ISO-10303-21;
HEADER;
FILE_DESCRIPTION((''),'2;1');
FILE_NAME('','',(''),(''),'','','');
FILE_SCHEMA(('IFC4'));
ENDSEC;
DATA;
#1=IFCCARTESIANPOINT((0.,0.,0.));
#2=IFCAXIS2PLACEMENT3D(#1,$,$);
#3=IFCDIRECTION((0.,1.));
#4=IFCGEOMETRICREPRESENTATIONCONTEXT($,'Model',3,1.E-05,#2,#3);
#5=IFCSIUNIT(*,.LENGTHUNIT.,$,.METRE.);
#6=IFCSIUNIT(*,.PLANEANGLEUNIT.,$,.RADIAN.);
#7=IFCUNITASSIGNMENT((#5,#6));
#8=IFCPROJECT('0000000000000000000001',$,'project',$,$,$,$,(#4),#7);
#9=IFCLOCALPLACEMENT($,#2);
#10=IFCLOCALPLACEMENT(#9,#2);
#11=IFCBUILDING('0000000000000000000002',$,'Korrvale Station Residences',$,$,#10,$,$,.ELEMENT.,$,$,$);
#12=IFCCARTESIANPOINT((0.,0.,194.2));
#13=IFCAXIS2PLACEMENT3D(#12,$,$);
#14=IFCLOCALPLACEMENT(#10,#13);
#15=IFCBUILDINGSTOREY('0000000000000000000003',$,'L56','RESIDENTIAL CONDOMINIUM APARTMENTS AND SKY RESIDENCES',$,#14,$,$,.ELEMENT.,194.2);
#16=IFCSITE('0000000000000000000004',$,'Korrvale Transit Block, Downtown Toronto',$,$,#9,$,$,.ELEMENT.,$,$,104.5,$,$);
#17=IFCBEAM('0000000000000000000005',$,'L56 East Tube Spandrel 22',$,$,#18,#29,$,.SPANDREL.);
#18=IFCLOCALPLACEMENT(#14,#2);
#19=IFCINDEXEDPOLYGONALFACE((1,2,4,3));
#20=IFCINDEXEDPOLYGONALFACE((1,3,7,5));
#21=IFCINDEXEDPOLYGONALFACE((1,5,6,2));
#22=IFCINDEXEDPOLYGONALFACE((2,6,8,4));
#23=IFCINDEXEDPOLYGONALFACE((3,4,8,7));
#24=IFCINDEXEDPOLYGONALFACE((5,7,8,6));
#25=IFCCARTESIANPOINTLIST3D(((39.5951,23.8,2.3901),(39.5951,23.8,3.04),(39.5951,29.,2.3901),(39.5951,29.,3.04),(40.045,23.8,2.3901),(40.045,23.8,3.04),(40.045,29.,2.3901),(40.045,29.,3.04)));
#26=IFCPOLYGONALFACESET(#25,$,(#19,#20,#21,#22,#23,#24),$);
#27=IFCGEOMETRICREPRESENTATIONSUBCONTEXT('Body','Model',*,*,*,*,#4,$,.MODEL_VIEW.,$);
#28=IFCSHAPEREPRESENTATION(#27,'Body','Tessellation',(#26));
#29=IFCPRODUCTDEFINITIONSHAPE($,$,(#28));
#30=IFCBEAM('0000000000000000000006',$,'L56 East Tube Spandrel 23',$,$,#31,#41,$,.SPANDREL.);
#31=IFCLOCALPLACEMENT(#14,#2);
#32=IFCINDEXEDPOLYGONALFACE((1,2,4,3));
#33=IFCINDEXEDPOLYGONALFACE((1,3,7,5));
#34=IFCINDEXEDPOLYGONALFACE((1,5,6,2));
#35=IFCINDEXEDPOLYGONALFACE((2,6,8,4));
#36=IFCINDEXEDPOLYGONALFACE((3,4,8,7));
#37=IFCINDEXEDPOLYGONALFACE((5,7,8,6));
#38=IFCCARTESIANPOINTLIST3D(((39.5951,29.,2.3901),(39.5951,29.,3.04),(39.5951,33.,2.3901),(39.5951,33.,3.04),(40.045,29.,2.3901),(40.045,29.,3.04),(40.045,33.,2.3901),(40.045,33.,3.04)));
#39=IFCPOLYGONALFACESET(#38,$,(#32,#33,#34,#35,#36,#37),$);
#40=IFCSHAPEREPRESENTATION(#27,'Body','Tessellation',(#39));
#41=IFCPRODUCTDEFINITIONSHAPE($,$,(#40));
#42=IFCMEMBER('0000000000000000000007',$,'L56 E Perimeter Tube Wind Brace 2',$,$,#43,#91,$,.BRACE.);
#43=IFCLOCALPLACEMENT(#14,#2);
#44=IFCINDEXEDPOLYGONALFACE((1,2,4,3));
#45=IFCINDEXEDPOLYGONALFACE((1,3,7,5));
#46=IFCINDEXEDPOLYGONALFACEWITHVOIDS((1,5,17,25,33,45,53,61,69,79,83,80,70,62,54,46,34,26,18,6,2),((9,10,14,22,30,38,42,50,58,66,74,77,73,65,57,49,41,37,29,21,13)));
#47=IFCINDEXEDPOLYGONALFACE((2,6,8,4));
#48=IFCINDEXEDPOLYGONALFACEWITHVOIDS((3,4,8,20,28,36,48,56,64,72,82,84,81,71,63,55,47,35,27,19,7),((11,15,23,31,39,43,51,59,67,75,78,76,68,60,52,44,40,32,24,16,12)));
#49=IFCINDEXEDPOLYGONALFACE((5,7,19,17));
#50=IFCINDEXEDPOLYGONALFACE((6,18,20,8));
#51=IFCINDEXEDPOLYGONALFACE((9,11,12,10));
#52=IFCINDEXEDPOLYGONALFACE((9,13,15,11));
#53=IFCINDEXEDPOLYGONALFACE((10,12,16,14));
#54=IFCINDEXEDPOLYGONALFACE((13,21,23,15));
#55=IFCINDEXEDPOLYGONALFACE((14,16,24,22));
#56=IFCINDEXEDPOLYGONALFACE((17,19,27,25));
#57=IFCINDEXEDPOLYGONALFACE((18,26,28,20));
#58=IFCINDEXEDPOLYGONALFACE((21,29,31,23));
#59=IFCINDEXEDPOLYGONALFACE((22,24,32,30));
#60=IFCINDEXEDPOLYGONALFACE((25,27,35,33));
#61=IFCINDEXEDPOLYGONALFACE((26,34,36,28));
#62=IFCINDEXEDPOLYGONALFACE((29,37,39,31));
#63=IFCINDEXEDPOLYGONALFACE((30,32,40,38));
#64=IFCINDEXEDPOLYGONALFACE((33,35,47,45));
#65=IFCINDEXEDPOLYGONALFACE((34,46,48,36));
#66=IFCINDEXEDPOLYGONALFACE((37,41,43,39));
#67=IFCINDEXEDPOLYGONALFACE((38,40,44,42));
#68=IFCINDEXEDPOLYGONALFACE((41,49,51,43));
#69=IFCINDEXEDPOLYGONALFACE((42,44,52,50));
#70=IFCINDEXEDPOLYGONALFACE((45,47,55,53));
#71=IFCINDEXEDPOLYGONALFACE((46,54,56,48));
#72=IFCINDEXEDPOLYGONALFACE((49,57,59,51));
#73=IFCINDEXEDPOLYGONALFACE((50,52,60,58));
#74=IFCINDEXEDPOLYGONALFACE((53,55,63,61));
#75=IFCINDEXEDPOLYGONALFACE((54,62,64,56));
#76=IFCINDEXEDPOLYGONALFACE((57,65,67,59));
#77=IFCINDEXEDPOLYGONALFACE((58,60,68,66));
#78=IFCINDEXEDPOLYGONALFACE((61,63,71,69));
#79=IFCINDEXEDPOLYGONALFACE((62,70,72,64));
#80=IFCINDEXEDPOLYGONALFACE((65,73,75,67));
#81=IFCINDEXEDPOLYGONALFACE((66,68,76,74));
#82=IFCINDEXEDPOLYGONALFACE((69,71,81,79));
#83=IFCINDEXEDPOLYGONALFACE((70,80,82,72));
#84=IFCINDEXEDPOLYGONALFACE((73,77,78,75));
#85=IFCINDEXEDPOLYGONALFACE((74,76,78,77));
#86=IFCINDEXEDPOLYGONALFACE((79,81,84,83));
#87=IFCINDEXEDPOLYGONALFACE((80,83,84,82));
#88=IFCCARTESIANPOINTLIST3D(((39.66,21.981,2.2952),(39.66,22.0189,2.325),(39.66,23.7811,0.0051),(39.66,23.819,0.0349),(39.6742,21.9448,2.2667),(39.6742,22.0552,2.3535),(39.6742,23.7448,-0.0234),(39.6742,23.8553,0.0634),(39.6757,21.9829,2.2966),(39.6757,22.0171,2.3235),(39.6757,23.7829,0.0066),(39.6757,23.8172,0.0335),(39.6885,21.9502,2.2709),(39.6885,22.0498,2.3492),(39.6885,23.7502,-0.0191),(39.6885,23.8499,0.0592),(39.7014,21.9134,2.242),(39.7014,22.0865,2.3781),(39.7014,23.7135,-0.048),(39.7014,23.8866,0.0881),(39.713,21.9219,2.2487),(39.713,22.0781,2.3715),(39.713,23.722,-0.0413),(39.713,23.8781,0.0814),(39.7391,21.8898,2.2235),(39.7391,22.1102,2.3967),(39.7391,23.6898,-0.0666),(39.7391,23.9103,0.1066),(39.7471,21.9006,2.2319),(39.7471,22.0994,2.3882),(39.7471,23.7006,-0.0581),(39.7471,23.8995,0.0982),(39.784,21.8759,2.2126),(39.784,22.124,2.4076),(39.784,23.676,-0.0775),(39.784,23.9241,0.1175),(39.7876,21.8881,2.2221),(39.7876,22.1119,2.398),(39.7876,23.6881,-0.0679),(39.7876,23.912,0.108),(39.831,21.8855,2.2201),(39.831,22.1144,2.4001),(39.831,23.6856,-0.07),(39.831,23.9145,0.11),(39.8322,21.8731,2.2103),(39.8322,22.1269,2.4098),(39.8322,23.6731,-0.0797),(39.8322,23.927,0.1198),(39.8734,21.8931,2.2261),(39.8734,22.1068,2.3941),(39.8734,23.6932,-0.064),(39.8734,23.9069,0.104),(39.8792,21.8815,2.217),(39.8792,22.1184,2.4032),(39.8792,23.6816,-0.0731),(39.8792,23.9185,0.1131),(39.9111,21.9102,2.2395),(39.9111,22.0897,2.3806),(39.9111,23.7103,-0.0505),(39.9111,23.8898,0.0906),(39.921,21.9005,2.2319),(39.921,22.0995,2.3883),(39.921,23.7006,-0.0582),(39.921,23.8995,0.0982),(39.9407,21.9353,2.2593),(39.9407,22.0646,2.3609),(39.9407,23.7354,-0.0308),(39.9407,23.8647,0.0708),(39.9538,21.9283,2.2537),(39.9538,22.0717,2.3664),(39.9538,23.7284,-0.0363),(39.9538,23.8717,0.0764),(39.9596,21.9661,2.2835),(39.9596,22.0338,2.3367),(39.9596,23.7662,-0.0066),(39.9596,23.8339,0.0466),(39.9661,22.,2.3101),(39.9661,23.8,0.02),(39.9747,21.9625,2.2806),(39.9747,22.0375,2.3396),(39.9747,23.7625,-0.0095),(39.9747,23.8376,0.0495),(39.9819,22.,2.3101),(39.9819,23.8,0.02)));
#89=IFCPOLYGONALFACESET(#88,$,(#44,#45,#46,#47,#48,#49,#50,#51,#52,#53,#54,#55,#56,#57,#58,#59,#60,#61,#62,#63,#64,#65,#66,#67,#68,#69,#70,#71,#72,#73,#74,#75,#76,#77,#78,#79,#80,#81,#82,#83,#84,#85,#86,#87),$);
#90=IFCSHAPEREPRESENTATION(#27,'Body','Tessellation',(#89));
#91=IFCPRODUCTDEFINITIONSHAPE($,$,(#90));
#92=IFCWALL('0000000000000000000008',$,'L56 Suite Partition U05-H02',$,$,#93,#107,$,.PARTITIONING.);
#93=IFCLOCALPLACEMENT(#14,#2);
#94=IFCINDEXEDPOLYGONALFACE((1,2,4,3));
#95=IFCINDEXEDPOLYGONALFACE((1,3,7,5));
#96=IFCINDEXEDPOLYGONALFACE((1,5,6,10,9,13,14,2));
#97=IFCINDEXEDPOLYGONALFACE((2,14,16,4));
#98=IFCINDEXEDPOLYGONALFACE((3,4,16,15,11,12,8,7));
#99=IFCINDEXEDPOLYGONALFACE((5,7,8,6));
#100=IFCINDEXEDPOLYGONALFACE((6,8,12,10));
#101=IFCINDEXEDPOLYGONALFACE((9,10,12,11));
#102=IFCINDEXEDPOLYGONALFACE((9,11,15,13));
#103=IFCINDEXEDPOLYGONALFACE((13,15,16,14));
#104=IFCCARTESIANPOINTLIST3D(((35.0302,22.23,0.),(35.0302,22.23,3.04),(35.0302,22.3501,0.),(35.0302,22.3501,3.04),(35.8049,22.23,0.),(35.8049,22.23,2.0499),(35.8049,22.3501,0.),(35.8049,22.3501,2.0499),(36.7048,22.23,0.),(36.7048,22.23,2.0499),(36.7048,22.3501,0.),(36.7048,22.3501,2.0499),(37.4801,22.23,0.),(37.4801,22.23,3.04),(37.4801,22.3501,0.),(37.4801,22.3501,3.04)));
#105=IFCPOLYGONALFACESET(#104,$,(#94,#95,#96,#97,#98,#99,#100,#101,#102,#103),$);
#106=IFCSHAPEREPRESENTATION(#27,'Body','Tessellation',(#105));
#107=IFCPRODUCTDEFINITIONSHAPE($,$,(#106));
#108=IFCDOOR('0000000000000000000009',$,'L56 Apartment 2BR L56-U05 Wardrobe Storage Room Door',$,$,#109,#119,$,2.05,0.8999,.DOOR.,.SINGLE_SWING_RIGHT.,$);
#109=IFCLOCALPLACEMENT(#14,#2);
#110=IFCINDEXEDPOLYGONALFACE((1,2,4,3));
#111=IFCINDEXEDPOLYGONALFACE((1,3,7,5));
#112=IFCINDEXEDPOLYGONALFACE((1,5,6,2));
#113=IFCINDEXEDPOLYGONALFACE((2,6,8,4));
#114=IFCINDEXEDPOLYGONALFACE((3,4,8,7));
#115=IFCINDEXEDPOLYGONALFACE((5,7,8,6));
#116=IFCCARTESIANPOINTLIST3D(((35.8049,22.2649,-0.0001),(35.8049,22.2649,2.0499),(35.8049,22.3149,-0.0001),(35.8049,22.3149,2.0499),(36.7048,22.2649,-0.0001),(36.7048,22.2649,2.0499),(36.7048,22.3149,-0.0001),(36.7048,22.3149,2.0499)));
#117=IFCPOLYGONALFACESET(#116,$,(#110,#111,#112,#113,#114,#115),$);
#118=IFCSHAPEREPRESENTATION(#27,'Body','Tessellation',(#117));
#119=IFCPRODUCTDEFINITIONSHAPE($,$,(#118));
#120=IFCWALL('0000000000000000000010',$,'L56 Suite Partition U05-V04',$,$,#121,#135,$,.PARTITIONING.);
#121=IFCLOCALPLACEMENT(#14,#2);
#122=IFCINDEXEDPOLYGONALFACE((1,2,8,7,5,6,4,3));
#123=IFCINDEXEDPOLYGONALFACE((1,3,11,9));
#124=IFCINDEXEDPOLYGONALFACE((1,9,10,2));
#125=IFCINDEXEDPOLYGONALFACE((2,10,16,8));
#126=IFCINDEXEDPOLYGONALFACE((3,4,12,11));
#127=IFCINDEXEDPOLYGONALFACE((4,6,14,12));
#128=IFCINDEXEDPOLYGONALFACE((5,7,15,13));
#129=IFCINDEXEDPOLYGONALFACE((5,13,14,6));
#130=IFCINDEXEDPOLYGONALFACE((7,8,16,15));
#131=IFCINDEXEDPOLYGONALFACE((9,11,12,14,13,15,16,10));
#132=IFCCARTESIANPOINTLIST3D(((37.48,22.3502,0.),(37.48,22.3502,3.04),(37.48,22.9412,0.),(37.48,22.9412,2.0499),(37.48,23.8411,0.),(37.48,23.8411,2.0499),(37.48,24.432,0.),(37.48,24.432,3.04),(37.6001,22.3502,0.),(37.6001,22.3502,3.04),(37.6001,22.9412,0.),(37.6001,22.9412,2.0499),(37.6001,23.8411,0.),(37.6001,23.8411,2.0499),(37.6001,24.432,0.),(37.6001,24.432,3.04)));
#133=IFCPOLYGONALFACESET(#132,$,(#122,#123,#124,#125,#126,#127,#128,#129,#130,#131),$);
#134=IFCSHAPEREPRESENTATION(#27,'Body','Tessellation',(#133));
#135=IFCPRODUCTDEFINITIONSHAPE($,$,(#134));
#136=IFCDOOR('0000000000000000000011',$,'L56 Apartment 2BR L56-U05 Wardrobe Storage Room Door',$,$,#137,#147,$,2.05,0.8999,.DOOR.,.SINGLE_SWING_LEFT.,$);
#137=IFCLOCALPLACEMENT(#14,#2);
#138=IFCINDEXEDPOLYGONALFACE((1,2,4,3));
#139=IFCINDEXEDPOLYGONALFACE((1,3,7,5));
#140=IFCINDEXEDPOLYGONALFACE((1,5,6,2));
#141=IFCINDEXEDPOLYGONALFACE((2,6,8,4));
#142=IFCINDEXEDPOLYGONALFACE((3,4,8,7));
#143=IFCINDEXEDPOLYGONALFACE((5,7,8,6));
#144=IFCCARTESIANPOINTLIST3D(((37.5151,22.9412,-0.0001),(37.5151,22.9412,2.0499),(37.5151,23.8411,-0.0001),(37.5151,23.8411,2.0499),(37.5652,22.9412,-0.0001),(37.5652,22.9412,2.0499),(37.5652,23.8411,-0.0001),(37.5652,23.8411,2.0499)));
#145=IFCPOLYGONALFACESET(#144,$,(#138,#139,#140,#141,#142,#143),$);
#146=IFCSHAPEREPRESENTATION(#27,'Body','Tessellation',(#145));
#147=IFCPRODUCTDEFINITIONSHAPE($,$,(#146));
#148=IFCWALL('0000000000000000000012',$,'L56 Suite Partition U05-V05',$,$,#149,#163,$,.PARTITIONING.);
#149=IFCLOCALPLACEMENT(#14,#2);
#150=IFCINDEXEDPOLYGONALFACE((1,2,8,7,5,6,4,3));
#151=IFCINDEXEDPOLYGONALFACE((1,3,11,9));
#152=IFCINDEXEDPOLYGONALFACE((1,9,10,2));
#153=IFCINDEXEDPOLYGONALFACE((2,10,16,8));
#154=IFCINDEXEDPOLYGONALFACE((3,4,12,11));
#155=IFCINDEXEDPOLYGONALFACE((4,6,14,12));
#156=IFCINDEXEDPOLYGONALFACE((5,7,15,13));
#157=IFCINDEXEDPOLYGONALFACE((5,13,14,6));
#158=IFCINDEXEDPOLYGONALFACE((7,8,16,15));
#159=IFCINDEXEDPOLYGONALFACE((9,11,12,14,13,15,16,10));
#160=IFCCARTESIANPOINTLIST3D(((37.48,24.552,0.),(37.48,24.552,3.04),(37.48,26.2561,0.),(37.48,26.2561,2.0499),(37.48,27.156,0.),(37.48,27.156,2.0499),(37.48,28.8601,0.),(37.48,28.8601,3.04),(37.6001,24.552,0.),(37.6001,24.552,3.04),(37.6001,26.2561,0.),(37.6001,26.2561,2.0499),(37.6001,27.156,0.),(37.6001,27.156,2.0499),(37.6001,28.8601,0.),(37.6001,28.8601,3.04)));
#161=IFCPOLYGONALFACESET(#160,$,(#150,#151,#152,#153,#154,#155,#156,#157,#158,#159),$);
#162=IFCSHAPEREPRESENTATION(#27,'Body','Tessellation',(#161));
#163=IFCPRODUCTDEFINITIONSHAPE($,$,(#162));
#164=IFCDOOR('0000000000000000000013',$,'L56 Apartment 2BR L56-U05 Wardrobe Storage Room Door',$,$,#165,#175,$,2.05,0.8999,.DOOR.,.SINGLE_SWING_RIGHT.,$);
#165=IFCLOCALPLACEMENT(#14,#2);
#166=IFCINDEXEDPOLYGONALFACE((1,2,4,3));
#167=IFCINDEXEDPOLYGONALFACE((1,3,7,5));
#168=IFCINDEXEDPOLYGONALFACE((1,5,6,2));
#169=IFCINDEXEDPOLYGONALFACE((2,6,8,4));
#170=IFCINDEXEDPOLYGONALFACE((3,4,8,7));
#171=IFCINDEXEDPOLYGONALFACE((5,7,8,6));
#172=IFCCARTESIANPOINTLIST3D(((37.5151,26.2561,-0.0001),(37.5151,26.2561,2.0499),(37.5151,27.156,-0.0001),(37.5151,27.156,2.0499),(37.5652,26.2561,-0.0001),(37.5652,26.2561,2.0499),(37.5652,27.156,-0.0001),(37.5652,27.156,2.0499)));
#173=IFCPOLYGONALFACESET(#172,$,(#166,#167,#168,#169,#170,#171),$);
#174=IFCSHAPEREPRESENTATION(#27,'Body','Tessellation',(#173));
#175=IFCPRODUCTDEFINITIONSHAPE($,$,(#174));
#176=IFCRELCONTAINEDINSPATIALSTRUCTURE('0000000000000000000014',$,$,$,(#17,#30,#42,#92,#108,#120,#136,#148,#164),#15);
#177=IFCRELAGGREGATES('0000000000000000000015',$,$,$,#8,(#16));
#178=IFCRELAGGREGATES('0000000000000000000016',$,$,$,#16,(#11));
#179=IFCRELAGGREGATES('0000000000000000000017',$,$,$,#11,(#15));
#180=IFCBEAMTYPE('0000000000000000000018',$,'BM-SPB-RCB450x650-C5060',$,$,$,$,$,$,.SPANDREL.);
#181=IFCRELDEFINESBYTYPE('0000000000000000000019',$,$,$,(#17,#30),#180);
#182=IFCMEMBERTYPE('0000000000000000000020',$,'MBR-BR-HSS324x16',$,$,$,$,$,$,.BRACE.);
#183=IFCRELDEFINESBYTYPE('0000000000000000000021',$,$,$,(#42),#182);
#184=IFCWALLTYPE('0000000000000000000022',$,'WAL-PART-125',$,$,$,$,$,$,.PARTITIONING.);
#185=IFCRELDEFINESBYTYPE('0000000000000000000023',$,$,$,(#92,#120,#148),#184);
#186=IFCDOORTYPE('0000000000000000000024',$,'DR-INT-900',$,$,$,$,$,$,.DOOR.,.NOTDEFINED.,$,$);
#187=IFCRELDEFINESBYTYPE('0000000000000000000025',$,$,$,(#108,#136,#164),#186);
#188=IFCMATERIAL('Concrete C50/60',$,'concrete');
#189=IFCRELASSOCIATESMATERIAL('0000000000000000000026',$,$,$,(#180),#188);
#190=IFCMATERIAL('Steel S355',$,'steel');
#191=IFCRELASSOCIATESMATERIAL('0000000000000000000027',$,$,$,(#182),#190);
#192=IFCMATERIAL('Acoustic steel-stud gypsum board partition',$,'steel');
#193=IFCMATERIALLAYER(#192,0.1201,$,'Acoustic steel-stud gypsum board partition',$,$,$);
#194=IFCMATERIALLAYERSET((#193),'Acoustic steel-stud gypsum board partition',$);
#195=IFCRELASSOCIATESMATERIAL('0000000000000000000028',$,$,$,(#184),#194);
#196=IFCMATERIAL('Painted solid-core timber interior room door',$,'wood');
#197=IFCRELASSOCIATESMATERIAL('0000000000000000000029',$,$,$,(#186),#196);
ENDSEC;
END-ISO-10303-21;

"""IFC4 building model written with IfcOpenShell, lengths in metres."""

from ifc_helpers import new_model, si_unit, direction, frame, frame_2d, origin, origin_2d, place, context, subcontext, project, spatial, rectangle, hollow_circle, extrude, material, layer, layer_set, material_profile, profile_set, type_object, element, fill, save


model = new_model("IFC4")

# Units and contexts
model_context = context("Model", 3, precision=1e-05, world=origin(), true_north=direction((0.0, 1.0)))
body_context = subcontext(model_context, "Body", "Model", "MODEL_VIEW")
ifc_project = project(units=[si_unit("LENGTHUNIT", "METRE"), si_unit("PLANEANGLEUNIT", "RADIAN")], contexts=[model_context])

# Site, building, storey
site_placement = place(None, origin())
site = spatial("IfcSite", under=ifc_project, at=site_placement, Name="Korrvale Transit Block, Downtown Toronto", CompositionType="ELEMENT", RefElevation=104.5)
building_placement = place(site_placement, origin())
building = spatial("IfcBuilding", under=site, at=building_placement, Name="Korrvale Station Residences", CompositionType="ELEMENT")
storey_placement = place(building_placement, frame((0.0, 0.0, 194.2)))
storey = spatial("IfcBuildingStorey", under=building, at=storey_placement, Name="L56", Description="RESIDENTIAL CONDOMINIUM APARTMENTS AND SKY RESIDENCES", CompositionType="ELEMENT", Elevation=194.2)

# Shared definitions
ifc_material_1 = material(Name="Concrete C50/60", Category="concrete")

# Beams
ifc_material_2 = material(Name="Steel S355", Category="steel")
ifc_material_profile_1 = material_profile(ifc_material_1, rectangle(XDim=0.45, YDim=0.6499, at=origin_2d()), Name="RCB450x650")
ifc_profile_set_1 = profile_set([ifc_material_profile_1], Name="Concrete C50/60")
beam_type_1 = type_object("IfcBeamType", Name="BM-SPB-RCB450x650-C5060", PredefinedType="SPANDREL", material=ifc_profile_set_1)
beam_1_placement = place(storey_placement, frame((39.8201, 23.8, 2.7151), z_axis=(0.0, 1.0, 0.0), x_axis=(-1.0, 0.0, 0.0)))
element("IfcBeam", 1, at=beam_1_placement, inside=storey, type_object=beam_type_1, Name="L56 East Tube Spandrel 22", PredefinedType="SPANDREL", context=body_context, shape_type="SweptSolid", body=[
    extrude(rectangle(XDim=0.45, YDim=0.6499, at=origin_2d()), origin(), (0.0, 0.0, 1.0), 5.2),
])
beam_2_placement = place(storey_placement, frame((39.8201, 29.0, 2.7151), z_axis=(0.0, 1.0, 0.0), x_axis=(-1.0, 0.0, 0.0)))
element("IfcBeam", 2, at=beam_2_placement, inside=storey, type_object=beam_type_1, Name="L56 East Tube Spandrel 23", PredefinedType="SPANDREL", context=body_context, shape_type="SweptSolid", body=[
    extrude(rectangle(XDim=0.45, YDim=0.6499, at=origin_2d()), origin(), (0.0, 0.0, 1.0), 4.0),
])

# Member
ifc_material_profile_2 = material_profile(ifc_material_2, hollow_circle(Radius=0.1619, WallThickness=0.0159, at=origin_2d()), Name="HSS324x16")
ifc_profile_set_2 = profile_set([ifc_material_profile_2], Name="Steel S355")
member_type = type_object("IfcMemberType", Name="MBR-BR-HSS324x16", PredefinedType="BRACE", material=ifc_profile_set_2)
member_placement = place(storey_placement, frame((39.8201, 23.8, 0.02), z_axis=(0.0, -0.617977, 0.786196), x_axis=(1.0, 0.0, 0.0)))
element("IfcMember", 3, at=member_placement, inside=storey, type_object=member_type, Name="L56 E Perimeter Tube Wind Brace 2", PredefinedType="BRACE", context=body_context, shape_type="SweptSolid", body=[
    extrude(hollow_circle(Radius=0.1619, WallThickness=0.0159, at=origin_2d()), origin(), (0.0, 0.0, 1.0), 2.9128),
])

# Walls, openings, doors
ifc_material_3 = material(Name="Acoustic steel-stud gypsum board partition", Category="steel")
ifc_layer_1 = layer(ifc_material_3, 0.1201, Name="Acoustic steel-stud gypsum board partition")
ifc_layer_set_1 = layer_set([ifc_layer_1], Name="Acoustic steel-stud gypsum board partition")
wall_type_1 = type_object("IfcWallType", Name="WAL-PART-125", PredefinedType="PARTITIONING", material=ifc_layer_set_1)
wall_1_placement = place(storey_placement, frame((35.03, 22.29, 0.0), z_axis=(0.0, 0.0, 1.0), x_axis=(1.0, 0.0, 0.0)))
wall_1 = element("IfcWall", 4, at=wall_1_placement, inside=storey, type_object=wall_type_1, Name="L56 Suite Partition U05-H02", PredefinedType="PARTITIONING", context=body_context, shape_type="SweptSolid", body=[
    extrude(rectangle(XDim=2.45, YDim=0.1201, at=frame_2d((1.2251, 0.0))), origin(), (0.0, 0.0, 1.0), 3.04),
])
opening_1_placement = place(wall_1_placement, frame((0.7749, 0.0, 0.0)))
opening_1 = element("IfcOpeningElement", 5, at=opening_1_placement, cuts=wall_1, PredefinedType="OPENING", context=body_context, shape_type="SweptSolid", body=[
    extrude(rectangle(XDim=0.8999, YDim=2.05, at=frame_2d((0.45, 1.0249))), frame((0.0, 0.0701, 0.0), z_axis=(0.0, -1.0, 0.0), x_axis=(1.0, 0.0, 0.0)), (0.0, 0.0, 1.0), 0.1401),
])
ifc_material_4 = material(Name="Painted solid-core timber interior room door", Category="wood")
door_type = type_object("IfcDoorType", Name="DR-INT-900", OperationType="NOTDEFINED", PredefinedType="DOOR", material=ifc_material_4)
door_1_placement = place(opening_1_placement, origin())
door_1 = element("IfcDoor", 6, at=door_1_placement, inside=storey, type_object=door_type, Name="L56 Apartment 2BR L56-U05 Wardrobe Storage Room Door", OperationType="SINGLE_SWING_RIGHT", OverallHeight=2.05, OverallWidth=0.8999, PredefinedType="DOOR", context=body_context, shape_type="SweptSolid", body=[
    extrude(rectangle(XDim=0.8999, YDim=2.05, at=frame_2d((0.45, 1.0249))), frame((0.0, 0.0249, 0.0), z_axis=(0.0, -1.0, 0.0), x_axis=(1.0, 0.0, 0.0)), (0.0, 0.0, 1.0), 0.05),
])
fill(opening_1, door_1)
wall_2_placement = place(storey_placement, frame((37.54, 22.3501, 0.0), z_axis=(0.0, 0.0, 1.0), x_axis=(0.0, 1.0, 0.0)))
wall_2 = element("IfcWall", 7, at=wall_2_placement, inside=storey, type_object=wall_type_1, Name="L56 Suite Partition U05-V04", PredefinedType="PARTITIONING", context=body_context, shape_type="SweptSolid", body=[
    extrude(rectangle(XDim=2.0818, YDim=0.1201, at=frame_2d((1.041, 0.0))), origin(), (0.0, 0.0, 1.0), 3.04),
])
opening_2_placement = place(wall_2_placement, frame((0.5911, 0.0, 0.0)))
opening_2 = element("IfcOpeningElement", 8, at=opening_2_placement, cuts=wall_2, PredefinedType="OPENING", context=body_context, shape_type="SweptSolid", body=[
    extrude(rectangle(XDim=0.8999, YDim=2.05, at=frame_2d((0.45, 1.0249))), frame((0.0, 0.0701, 0.0), z_axis=(0.0, -1.0, 0.0), x_axis=(1.0, 0.0, 0.0)), (0.0, 0.0, 1.0), 0.1401),
])
door_2_placement = place(opening_2_placement, origin())
door_2 = element("IfcDoor", 9, at=door_2_placement, inside=storey, type_object=door_type, Name="L56 Apartment 2BR L56-U05 Wardrobe Storage Room Door", OperationType="SINGLE_SWING_LEFT", OverallHeight=2.05, OverallWidth=0.8999, PredefinedType="DOOR", context=body_context, shape_type="SweptSolid", body=[
    extrude(rectangle(XDim=0.8999, YDim=2.05, at=frame_2d((0.45, 1.0249))), frame((0.0, 0.0249, 0.0), z_axis=(0.0, -1.0, 0.0), x_axis=(1.0, 0.0, 0.0)), (0.0, 0.0, 1.0), 0.05),
])
fill(opening_2, door_2)
wall_3_placement = place(storey_placement, frame((37.54, 24.552, 0.0), z_axis=(0.0, 0.0, 1.0), x_axis=(0.0, 1.0, 0.0)))
wall_3 = element("IfcWall", 10, at=wall_3_placement, inside=storey, type_object=wall_type_1, Name="L56 Suite Partition U05-V05", PredefinedType="PARTITIONING", context=body_context, shape_type="SweptSolid", body=[
    extrude(rectangle(XDim=4.3081, YDim=0.1201, at=frame_2d((2.1541, 0.0))), origin(), (0.0, 0.0, 1.0), 3.04),
])
opening_3_placement = place(wall_3_placement, frame((1.7041, 0.0, 0.0)))
opening_3 = element("IfcOpeningElement", 11, at=opening_3_placement, cuts=wall_3, PredefinedType="OPENING", context=body_context, shape_type="SweptSolid", body=[
    extrude(rectangle(XDim=0.8999, YDim=2.05, at=frame_2d((0.45, 1.0249))), frame((0.0, 0.0701, 0.0), z_axis=(0.0, -1.0, 0.0), x_axis=(1.0, 0.0, 0.0)), (0.0, 0.0, 1.0), 0.1401),
])
door_3_placement = place(opening_3_placement, origin())
door_3 = element("IfcDoor", 12, at=door_3_placement, inside=storey, type_object=door_type, Name="L56 Apartment 2BR L56-U05 Wardrobe Storage Room Door", OperationType="SINGLE_SWING_RIGHT", OverallHeight=2.05, OverallWidth=0.8999, PredefinedType="DOOR", context=body_context, shape_type="SweptSolid", body=[
    extrude(rectangle(XDim=0.8999, YDim=2.05, at=frame_2d((0.45, 1.0249))), frame((0.0, 0.0249, 0.0), z_axis=(0.0, -1.0, 0.0), x_axis=(1.0, 0.0, 0.0)), (0.0, 0.0, 1.0), 0.05),
])
fill(opening_3, door_3)

save(model, "model.ifc")
